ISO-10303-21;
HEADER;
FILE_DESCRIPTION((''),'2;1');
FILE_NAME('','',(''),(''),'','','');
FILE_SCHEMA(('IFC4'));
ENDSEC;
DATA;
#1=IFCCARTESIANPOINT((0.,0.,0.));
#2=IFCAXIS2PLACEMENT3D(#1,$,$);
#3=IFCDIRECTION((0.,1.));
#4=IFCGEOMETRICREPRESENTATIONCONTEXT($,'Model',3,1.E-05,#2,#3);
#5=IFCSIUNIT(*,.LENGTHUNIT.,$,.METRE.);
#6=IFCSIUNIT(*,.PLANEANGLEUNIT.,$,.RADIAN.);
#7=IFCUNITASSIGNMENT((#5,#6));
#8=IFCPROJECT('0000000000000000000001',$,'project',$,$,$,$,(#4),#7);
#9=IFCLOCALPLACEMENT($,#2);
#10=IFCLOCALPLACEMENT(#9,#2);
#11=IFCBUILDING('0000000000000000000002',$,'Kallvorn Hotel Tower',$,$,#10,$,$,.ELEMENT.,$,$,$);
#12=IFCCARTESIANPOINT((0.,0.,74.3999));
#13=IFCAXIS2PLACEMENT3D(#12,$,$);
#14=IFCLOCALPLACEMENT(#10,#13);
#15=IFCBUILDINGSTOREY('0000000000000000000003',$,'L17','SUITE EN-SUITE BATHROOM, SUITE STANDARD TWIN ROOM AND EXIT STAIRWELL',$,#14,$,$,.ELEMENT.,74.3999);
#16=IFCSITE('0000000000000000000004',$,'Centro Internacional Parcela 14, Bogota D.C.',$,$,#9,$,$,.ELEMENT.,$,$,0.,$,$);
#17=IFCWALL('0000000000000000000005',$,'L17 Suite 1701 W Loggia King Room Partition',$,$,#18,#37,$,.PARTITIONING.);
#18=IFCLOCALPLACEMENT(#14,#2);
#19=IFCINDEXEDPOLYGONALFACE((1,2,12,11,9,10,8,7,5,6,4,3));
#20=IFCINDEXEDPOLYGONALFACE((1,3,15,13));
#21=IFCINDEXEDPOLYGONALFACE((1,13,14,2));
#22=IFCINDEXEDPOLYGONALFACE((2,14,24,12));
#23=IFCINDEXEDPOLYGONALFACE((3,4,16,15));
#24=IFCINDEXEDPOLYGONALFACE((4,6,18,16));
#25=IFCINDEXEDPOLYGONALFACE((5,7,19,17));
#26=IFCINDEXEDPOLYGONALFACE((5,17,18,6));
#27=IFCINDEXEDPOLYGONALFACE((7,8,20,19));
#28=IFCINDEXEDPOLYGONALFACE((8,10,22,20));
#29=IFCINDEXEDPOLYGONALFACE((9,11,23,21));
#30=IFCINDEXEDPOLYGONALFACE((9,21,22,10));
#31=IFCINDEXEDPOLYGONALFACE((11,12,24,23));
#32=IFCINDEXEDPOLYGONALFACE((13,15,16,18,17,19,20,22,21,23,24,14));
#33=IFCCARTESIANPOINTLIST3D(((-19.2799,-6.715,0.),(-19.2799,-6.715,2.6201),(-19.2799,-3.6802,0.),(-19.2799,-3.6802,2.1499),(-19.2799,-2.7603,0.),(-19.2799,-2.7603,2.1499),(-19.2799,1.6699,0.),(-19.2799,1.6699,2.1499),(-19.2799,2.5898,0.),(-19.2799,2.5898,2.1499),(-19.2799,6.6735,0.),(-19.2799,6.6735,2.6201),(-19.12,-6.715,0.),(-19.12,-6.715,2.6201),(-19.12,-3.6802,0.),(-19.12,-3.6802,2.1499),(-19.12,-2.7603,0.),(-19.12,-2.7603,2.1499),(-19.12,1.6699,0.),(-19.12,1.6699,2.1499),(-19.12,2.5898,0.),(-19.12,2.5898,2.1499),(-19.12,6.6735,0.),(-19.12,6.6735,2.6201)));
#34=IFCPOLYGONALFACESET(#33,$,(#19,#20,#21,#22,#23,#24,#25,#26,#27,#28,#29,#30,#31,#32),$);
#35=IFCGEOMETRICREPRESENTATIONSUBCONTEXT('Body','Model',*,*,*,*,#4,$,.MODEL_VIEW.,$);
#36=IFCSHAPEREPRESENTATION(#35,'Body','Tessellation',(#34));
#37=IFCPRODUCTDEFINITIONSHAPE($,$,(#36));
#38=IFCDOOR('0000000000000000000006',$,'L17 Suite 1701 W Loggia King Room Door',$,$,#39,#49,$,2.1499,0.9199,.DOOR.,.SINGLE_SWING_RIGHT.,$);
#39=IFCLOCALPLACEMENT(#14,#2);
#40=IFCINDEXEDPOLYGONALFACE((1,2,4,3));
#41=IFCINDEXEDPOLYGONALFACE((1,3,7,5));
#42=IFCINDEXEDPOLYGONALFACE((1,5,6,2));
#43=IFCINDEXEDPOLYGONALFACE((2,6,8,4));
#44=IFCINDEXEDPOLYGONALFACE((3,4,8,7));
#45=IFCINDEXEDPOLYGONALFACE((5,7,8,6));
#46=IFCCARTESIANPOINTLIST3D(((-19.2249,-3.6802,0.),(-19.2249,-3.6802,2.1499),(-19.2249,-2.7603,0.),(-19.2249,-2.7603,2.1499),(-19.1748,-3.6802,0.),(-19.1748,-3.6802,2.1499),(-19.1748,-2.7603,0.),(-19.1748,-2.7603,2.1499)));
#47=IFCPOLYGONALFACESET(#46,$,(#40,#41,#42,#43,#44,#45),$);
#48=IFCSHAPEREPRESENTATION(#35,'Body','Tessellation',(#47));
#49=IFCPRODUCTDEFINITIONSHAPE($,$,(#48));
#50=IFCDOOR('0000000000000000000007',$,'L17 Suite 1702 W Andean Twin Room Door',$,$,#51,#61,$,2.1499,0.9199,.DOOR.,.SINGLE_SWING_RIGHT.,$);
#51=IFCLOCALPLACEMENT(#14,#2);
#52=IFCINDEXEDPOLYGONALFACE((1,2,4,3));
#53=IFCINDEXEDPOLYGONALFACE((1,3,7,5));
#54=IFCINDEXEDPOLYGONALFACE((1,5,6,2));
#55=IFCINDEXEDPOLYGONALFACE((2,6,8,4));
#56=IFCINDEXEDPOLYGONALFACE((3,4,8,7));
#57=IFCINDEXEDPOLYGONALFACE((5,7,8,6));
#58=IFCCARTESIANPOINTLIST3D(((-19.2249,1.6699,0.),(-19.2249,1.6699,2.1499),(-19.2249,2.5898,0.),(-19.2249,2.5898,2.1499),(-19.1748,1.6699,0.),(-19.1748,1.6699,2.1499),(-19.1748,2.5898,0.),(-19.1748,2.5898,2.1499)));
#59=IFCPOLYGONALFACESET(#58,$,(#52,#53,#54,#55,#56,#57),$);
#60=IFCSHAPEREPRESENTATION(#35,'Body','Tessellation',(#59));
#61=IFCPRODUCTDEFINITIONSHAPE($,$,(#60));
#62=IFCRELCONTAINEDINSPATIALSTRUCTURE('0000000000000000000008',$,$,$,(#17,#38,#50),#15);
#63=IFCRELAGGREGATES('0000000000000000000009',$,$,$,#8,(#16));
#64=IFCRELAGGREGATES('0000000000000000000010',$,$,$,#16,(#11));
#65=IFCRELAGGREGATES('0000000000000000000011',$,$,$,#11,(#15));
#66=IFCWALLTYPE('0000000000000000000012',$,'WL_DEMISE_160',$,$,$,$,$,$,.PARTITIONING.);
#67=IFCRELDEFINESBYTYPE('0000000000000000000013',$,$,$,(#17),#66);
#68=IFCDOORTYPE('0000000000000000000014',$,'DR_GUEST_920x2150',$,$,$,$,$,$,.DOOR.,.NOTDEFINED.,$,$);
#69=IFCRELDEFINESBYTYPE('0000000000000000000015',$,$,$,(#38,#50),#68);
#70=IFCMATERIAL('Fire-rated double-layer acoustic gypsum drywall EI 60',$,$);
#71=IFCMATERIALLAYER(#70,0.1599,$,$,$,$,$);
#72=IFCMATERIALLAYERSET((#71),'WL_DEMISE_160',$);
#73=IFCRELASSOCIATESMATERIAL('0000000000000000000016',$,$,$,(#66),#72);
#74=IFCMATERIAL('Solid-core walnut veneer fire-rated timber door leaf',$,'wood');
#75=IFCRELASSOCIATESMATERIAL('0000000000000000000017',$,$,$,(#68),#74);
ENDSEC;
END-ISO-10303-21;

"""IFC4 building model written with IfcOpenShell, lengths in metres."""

from ifc_helpers import new_model, si_unit, direction, frame, frame_2d, origin, place, context, subcontext, project, spatial, rectangle, extrude, material, layer, layer_set, type_object, element, fill, save


model = new_model("IFC4")

# Units and contexts
model_context = context("Model", 3, precision=1e-05, world=origin(), true_north=direction((0.0, 1.0)))
body_context = subcontext(model_context, "Body", "Model", "MODEL_VIEW")
ifc_project = project(units=[si_unit("LENGTHUNIT", "METRE"), si_unit("PLANEANGLEUNIT", "RADIAN")], contexts=[model_context])

# Site, building, storey
site_placement = place(None, origin())
site = spatial("IfcSite", under=ifc_project, at=site_placement, Name="Centro Internacional Parcela 14, Bogota D.C.", CompositionType="ELEMENT", RefElevation=0.0)
building_placement = place(site_placement, origin())
building = spatial("IfcBuilding", under=site, at=building_placement, Name="Kallvorn Hotel Tower", CompositionType="ELEMENT")
storey_placement = place(building_placement, frame((0.0, 0.0, 74.3999)))
storey = spatial("IfcBuildingStorey", under=building, at=storey_placement, Name="L17", Description="SUITE EN-SUITE BATHROOM, SUITE STANDARD TWIN ROOM AND EXIT STAIRWELL", CompositionType="ELEMENT", Elevation=74.3999)

# Shared definitions
ifc_material_1 = material(Name="Fire-rated double-layer acoustic gypsum drywall EI 60")
ifc_layer = layer(ifc_material_1, 0.1599)
ifc_layer_set = layer_set([ifc_layer], Name="WL_DEMISE_160")
wall_type = type_object("IfcWallType", Name="WL_DEMISE_160", PredefinedType="PARTITIONING", material=ifc_layer_set)

# Wall, openings, doors
wall_1_placement = place(storey_placement, frame((-19.2, -6.7151, 0.0), z_axis=(0.0, 0.0, 1.0), x_axis=(0.0, 1.0, 0.0)))
wall_1 = element("IfcWall", 1, at=wall_1_placement, inside=storey, type_object=wall_type, Name="L17 Suite 1701 W Loggia King Room Partition", PredefinedType="PARTITIONING", context=body_context, shape_type="SweptSolid", body=[
    extrude(rectangle(XDim=13.3884, YDim=0.1599, at=frame_2d((6.6943, 0.0))), origin(), (0.0, 0.0, 1.0), 2.6201),
])
opening_1_placement = place(wall_1_placement, frame((3.0349, 0.0, 0.0)))
opening_1 = element("IfcOpeningElement", 2, at=opening_1_placement, cuts=wall_1, PredefinedType="OPENING", context=body_context, shape_type="SweptSolid", body=[
    extrude(rectangle(XDim=0.9199, YDim=2.1499, at=frame_2d((0.46, 1.075))), frame((0.0, 0.095, 0.0), z_axis=(0.0, -1.0, 0.0), x_axis=(1.0, 0.0, 0.0)), (0.0, 0.0, 1.0), 0.1899),
])
opening_2_placement = place(wall_1_placement, frame((8.385, 0.0, 0.0)))
opening_2 = element("IfcOpeningElement", 3, at=opening_2_placement, cuts=wall_1, PredefinedType="OPENING", context=body_context, shape_type="SweptSolid", body=[
    extrude(rectangle(XDim=0.9199, YDim=2.1499, at=frame_2d((0.46, 1.075))), frame((0.0, 0.095, 0.0), z_axis=(0.0, -1.0, 0.0), x_axis=(1.0, 0.0, 0.0)), (0.0, 0.0, 1.0), 0.1899),
])
ifc_material_2 = material(Name="Solid-core walnut veneer fire-rated timber door leaf", Category="wood")
door_type_1 = type_object("IfcDoorType", Name="DR_GUEST_920x2150", OperationType="NOTDEFINED", PredefinedType="DOOR", material=ifc_material_2)
door_1_placement = place(opening_1_placement, origin())
door_1 = element("IfcDoor", 4, at=door_1_placement, inside=storey, type_object=door_type_1, Name="L17 Suite 1701 W Loggia King Room Door", OperationType="SINGLE_SWING_RIGHT", OverallHeight=2.1499, OverallWidth=0.9199, PredefinedType="DOOR", context=body_context, shape_type="SweptSolid", body=[
    extrude(rectangle(XDim=0.9199, YDim=2.1499, at=frame_2d((0.46, 1.075))), frame((0.0, 0.0249, 0.0), z_axis=(0.0, -1.0, 0.0), x_axis=(1.0, 0.0, 0.0)), (0.0, 0.0, 1.0), 0.05),
])
fill(opening_1, door_1)
door_2_placement = place(opening_2_placement, origin())
door_2 = element("IfcDoor", 5, at=door_2_placement, inside=storey, type_object=door_type_1, Name="L17 Suite 1702 W Andean Twin Room Door", OperationType="SINGLE_SWING_RIGHT", OverallHeight=2.1499, OverallWidth=0.9199, PredefinedType="DOOR", context=body_context, shape_type="SweptSolid", body=[
    extrude(rectangle(XDim=0.9199, YDim=2.1499, at=frame_2d((0.46, 1.075))), frame((0.0, 0.0249, 0.0), z_axis=(0.0, -1.0, 0.0), x_axis=(1.0, 0.0, 0.0)), (0.0, 0.0, 1.0), 0.05),
])
fill(opening_2, door_2)

save(model, "model.ifc")
